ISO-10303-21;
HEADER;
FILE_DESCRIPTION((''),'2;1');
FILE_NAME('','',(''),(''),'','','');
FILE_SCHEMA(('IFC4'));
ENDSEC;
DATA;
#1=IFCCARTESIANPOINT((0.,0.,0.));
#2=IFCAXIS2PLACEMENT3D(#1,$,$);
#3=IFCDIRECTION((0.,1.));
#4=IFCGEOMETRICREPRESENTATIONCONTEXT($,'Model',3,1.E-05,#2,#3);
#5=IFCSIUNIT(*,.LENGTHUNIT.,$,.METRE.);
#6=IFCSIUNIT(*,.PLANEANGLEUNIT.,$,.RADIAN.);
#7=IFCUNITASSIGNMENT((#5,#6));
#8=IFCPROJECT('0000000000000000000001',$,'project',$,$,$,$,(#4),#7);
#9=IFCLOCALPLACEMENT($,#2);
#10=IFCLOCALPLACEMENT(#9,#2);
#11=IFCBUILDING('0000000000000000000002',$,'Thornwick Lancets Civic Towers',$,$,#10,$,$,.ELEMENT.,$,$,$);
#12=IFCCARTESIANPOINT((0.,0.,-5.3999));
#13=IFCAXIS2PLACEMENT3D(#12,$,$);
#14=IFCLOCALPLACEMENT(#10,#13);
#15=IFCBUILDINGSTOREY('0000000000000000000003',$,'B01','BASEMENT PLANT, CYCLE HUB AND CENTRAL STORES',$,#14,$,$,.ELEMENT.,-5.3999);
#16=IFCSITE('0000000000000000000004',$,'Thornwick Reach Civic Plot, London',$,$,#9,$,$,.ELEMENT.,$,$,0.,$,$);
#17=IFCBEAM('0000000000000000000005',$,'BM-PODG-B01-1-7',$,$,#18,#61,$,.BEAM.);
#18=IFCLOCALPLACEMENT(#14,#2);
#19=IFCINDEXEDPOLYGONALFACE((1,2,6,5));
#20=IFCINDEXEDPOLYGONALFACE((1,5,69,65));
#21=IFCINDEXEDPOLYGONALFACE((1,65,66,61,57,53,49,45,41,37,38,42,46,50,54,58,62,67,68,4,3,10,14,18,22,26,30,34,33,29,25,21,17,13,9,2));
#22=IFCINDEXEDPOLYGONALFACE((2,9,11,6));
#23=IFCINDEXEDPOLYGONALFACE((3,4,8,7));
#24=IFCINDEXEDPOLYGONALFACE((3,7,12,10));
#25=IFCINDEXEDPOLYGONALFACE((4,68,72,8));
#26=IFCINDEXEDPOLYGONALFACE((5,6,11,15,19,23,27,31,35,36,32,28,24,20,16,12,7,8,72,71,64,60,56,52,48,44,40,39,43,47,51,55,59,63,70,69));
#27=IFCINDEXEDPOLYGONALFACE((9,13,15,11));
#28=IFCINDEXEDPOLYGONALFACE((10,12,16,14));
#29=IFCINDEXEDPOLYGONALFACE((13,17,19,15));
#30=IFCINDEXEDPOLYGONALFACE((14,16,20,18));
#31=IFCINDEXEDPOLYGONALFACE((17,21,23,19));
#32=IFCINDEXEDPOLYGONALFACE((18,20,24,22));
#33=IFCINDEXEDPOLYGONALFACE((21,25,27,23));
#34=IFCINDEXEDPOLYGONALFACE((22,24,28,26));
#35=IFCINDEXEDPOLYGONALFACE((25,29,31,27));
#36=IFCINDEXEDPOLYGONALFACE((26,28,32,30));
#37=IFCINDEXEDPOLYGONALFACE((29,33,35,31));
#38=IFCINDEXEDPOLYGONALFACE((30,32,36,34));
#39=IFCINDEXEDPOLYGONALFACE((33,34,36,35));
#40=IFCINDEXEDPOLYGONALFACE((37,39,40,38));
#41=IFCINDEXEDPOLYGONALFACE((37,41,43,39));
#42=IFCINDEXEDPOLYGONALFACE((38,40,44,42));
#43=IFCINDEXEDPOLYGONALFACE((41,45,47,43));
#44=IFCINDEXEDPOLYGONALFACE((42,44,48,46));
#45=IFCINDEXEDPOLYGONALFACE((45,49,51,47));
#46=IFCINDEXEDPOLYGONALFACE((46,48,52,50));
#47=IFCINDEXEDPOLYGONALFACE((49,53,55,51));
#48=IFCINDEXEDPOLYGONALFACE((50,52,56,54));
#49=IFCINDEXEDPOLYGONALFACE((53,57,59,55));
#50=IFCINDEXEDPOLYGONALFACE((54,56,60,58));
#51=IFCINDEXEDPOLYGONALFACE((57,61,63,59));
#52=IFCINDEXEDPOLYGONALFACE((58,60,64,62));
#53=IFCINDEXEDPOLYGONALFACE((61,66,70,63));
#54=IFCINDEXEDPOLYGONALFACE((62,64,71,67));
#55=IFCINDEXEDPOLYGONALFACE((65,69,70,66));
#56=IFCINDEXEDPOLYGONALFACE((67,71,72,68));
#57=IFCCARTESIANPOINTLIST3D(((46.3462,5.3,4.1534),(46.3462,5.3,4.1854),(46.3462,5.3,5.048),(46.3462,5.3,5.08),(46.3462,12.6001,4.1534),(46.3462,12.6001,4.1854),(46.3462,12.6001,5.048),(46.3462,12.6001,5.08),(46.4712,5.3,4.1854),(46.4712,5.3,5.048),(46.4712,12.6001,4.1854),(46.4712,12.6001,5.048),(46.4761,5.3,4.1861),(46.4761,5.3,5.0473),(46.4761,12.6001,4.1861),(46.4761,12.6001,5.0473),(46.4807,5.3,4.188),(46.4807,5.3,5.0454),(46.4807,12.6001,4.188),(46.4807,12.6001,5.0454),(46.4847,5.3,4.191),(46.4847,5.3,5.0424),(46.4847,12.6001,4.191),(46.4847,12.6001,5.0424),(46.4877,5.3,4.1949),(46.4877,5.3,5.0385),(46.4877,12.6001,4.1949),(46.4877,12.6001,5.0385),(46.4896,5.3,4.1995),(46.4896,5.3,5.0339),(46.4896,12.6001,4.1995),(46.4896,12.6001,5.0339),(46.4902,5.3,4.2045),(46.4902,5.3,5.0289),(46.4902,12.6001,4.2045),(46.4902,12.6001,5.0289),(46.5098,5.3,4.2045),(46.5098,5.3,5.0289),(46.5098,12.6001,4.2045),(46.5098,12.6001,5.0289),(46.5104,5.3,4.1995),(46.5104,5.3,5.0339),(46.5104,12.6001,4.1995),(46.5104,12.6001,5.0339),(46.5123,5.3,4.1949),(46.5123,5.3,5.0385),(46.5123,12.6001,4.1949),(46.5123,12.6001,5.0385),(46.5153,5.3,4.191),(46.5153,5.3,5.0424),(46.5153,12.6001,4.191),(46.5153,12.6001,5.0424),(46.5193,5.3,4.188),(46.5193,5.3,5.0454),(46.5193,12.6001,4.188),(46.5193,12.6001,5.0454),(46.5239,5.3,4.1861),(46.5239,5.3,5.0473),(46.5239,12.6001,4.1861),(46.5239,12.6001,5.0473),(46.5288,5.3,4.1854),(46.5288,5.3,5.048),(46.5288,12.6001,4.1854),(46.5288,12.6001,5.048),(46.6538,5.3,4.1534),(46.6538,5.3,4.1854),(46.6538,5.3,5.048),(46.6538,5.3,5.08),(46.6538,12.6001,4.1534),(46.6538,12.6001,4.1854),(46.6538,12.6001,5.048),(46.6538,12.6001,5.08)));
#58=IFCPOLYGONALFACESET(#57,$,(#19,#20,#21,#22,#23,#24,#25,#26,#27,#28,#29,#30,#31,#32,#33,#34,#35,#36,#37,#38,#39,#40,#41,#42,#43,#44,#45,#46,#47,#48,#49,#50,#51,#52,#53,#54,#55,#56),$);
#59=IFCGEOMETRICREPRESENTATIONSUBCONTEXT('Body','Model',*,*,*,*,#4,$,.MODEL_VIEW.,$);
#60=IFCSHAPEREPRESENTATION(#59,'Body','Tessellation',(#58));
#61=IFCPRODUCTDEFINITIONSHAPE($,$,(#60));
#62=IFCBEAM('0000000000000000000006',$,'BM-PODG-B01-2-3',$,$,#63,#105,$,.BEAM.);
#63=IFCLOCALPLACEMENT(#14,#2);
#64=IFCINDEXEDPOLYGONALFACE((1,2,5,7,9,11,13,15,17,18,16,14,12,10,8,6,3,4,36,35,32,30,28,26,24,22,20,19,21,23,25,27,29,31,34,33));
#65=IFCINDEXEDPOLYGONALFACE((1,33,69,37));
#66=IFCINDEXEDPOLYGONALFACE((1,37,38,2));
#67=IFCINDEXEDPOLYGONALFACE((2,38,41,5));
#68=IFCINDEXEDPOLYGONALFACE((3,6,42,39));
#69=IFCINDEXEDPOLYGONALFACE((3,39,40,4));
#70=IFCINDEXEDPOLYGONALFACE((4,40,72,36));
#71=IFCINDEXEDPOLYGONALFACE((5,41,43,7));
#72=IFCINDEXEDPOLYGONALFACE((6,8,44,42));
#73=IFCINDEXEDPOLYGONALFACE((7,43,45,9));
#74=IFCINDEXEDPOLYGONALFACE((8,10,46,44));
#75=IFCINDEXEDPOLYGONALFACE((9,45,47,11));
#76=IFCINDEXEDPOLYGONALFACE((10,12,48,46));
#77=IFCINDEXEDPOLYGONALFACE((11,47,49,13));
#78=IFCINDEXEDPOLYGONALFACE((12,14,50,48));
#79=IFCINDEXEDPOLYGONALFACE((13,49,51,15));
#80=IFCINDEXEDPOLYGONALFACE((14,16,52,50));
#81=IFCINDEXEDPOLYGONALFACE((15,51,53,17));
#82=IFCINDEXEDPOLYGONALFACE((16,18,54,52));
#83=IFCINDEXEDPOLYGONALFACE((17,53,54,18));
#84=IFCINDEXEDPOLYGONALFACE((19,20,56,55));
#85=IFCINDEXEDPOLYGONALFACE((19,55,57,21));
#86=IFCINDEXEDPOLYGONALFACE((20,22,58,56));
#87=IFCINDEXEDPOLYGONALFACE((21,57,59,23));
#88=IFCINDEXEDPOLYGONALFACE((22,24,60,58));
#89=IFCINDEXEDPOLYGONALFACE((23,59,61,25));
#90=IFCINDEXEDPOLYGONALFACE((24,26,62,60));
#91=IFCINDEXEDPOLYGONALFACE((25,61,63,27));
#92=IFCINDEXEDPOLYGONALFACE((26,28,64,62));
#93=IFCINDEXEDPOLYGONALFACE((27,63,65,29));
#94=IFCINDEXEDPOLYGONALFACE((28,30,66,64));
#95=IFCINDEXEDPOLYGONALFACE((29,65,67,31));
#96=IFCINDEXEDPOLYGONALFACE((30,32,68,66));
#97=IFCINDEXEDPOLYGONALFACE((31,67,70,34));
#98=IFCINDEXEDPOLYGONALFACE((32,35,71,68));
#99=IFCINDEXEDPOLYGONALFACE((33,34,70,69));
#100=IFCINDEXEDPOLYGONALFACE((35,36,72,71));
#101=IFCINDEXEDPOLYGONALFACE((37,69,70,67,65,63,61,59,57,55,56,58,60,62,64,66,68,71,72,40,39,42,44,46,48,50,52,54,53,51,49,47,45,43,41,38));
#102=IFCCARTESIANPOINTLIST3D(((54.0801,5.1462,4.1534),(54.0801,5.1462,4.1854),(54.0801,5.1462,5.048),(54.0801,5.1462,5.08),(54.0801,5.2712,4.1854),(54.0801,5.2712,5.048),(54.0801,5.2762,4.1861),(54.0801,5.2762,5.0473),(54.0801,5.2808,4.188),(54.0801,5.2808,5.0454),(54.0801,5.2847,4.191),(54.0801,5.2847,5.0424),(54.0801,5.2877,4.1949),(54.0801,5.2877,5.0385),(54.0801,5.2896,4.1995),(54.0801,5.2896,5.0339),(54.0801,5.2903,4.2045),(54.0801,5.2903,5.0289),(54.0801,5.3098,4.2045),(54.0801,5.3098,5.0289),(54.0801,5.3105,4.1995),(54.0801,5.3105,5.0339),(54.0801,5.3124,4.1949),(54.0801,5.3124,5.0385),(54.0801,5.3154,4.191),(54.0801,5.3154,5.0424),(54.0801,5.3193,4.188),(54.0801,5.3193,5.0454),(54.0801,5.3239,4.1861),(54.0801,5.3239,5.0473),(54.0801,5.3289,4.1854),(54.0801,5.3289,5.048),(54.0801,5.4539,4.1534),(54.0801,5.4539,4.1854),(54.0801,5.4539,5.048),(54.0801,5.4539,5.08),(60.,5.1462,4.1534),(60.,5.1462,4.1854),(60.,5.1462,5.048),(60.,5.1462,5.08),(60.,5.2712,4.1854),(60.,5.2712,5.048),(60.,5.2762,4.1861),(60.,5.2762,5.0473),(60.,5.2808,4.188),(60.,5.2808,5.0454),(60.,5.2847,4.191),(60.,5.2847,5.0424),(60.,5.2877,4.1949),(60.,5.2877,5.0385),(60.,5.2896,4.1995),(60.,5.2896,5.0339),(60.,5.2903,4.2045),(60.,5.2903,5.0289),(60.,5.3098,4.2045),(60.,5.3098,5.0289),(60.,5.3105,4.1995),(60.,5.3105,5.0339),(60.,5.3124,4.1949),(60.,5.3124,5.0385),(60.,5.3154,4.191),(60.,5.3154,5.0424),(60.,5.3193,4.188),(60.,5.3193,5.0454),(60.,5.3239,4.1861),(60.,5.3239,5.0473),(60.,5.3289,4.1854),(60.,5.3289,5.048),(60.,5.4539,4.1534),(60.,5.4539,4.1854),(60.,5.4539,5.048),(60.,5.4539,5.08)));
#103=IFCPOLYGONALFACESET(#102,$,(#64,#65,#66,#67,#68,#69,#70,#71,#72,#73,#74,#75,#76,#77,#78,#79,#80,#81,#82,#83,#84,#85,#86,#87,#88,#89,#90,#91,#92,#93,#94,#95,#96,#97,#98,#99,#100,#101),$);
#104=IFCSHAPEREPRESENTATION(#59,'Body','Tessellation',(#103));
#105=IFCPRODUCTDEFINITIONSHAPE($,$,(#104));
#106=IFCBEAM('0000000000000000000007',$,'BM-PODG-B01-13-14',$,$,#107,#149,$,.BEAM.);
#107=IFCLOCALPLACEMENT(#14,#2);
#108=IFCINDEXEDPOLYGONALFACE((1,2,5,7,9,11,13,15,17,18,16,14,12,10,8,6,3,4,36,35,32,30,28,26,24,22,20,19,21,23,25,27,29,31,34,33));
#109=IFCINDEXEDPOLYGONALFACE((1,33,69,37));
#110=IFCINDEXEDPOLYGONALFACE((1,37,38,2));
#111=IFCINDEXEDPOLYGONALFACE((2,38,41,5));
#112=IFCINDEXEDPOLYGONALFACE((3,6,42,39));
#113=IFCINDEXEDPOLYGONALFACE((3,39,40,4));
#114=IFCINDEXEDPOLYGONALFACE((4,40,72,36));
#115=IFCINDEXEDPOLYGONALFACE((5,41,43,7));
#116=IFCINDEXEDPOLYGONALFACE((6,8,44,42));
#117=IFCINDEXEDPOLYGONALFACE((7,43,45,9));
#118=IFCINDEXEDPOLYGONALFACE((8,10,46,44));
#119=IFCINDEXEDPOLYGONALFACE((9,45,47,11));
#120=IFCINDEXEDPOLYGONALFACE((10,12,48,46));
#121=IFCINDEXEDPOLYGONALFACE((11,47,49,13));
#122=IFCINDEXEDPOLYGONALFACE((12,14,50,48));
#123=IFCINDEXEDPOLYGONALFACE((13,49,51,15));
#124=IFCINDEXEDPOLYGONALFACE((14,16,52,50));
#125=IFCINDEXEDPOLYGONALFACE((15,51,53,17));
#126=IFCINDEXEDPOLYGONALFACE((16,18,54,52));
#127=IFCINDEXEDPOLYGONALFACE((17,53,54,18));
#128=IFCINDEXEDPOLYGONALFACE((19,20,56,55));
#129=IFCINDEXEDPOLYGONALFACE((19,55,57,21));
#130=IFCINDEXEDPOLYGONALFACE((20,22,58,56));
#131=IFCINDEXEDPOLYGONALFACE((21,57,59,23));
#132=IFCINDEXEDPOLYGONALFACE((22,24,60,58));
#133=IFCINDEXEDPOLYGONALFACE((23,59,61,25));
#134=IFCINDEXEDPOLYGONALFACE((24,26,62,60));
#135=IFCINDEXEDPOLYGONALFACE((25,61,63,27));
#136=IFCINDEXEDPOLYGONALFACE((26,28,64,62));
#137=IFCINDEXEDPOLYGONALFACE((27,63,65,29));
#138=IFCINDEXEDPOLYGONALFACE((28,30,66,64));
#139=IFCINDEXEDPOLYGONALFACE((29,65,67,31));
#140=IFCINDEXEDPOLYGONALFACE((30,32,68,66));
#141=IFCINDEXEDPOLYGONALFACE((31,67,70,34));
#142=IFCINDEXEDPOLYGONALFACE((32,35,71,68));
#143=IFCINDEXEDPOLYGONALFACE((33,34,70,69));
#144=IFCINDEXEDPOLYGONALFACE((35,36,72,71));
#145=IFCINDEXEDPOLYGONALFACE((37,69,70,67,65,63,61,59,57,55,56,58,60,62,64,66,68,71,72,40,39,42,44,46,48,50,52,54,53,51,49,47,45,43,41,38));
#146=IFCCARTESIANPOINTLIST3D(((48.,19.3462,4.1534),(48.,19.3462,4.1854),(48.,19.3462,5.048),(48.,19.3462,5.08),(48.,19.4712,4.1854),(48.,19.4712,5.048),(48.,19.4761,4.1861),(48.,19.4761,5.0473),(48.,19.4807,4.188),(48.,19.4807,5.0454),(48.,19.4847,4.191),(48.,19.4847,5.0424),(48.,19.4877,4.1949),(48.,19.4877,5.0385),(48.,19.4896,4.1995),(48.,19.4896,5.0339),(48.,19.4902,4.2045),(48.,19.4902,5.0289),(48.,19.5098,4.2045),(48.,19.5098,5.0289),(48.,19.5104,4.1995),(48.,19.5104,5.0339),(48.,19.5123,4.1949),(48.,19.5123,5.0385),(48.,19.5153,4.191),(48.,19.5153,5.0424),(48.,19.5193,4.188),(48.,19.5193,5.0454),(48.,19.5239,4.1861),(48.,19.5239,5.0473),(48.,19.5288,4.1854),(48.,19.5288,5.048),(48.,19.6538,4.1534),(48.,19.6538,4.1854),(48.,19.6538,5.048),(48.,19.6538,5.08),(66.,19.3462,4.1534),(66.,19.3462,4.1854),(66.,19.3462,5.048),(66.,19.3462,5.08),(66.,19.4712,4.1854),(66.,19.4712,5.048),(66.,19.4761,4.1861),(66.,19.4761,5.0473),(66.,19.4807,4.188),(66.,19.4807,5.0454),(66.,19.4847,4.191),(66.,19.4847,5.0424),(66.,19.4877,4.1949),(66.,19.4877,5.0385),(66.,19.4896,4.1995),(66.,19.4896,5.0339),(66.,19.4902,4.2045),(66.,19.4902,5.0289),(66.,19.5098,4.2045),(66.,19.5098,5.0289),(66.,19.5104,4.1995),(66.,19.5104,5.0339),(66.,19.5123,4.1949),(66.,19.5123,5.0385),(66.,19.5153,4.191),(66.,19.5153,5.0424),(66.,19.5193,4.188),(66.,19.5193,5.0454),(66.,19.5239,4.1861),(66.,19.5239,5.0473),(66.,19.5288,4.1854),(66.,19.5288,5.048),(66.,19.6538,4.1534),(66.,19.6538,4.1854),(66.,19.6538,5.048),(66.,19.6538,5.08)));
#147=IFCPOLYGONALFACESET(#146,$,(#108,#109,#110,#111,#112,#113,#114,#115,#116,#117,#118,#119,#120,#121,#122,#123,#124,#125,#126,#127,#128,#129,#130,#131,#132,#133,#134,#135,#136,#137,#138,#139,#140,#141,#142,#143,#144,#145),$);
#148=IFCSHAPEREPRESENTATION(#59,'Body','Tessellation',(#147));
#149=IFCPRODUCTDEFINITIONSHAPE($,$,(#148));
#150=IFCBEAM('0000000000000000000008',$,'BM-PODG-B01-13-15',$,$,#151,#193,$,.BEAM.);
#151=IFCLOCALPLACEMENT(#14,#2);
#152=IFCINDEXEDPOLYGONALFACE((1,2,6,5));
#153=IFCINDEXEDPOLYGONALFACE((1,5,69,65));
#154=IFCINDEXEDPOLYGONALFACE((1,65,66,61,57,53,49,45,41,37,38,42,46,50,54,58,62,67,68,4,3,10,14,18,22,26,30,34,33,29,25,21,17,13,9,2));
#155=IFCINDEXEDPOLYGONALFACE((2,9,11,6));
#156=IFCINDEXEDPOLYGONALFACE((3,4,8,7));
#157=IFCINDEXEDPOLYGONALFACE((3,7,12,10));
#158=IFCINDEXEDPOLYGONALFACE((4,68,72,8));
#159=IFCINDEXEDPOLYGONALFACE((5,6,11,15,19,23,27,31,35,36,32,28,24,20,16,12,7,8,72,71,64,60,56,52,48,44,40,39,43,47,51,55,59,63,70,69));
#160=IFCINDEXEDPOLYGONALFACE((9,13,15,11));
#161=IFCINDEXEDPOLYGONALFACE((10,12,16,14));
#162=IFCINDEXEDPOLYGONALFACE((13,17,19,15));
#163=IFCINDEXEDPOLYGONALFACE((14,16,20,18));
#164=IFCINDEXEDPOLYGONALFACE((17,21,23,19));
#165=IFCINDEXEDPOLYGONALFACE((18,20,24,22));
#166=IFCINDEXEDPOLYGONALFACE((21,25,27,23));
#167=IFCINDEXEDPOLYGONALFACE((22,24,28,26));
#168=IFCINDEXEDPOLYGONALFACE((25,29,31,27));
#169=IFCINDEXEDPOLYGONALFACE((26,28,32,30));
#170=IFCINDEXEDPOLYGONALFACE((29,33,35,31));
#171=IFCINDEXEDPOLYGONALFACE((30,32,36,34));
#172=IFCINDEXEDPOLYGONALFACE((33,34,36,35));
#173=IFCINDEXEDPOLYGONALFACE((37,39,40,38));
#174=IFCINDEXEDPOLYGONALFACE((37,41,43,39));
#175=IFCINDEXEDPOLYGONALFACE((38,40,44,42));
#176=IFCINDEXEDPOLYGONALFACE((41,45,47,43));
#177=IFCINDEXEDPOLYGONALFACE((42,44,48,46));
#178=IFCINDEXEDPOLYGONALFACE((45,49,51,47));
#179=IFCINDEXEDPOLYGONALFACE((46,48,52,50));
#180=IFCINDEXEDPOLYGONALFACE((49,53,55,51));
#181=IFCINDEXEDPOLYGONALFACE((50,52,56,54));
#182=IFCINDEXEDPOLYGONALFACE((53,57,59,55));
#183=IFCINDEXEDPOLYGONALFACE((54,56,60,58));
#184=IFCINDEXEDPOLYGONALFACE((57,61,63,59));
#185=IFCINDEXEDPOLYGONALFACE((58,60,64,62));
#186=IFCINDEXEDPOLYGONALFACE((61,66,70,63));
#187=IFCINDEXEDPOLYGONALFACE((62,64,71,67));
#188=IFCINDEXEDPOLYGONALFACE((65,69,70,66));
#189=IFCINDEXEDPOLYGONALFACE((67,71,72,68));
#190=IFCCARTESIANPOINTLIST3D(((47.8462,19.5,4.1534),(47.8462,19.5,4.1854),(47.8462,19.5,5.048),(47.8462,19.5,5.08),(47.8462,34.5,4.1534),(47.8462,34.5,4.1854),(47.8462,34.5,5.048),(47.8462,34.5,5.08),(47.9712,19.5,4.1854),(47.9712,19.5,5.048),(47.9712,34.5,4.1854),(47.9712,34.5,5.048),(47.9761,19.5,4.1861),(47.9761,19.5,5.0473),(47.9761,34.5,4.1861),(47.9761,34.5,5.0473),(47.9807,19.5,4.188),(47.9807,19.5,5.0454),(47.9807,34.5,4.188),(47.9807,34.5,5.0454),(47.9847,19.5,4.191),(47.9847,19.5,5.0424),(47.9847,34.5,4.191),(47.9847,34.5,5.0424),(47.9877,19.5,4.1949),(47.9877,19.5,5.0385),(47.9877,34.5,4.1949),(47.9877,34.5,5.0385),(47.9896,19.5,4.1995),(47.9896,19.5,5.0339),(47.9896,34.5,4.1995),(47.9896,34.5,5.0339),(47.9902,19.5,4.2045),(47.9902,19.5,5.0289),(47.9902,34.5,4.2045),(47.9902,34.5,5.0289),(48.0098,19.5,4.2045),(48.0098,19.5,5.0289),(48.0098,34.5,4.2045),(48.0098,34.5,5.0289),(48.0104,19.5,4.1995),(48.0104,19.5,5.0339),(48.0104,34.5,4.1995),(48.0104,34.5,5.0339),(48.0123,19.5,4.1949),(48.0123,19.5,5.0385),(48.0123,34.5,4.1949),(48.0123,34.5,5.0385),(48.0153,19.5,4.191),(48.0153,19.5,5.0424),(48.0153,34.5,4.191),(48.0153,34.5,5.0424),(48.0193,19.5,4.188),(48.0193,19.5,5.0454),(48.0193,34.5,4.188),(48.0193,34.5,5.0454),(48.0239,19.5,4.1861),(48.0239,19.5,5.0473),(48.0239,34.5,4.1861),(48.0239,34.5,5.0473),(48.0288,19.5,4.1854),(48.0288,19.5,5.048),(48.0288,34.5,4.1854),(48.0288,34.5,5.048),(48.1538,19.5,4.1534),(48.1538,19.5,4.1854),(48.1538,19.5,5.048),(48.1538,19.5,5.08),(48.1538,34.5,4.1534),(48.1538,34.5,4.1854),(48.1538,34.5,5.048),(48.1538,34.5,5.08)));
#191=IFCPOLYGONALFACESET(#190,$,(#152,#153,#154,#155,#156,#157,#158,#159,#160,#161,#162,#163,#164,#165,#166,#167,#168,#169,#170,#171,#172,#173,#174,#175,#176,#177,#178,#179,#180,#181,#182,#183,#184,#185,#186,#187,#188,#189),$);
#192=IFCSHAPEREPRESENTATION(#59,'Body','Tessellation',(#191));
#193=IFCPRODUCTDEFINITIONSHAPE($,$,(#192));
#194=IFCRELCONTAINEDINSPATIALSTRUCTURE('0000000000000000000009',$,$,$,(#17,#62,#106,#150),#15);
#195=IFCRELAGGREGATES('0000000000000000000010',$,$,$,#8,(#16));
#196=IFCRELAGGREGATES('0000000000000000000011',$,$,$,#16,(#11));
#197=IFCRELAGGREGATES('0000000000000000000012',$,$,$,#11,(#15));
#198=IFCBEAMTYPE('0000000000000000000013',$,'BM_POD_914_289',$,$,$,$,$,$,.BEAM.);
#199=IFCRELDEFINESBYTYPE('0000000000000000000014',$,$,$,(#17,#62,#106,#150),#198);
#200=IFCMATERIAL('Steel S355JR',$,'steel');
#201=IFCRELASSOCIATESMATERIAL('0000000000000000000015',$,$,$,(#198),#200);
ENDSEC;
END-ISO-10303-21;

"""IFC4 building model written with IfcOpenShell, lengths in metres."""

from ifc_helpers import new_model, si_unit, direction, frame, origin, origin_2d, place, context, subcontext, project, spatial, i_section, extrude, material, material_profile, profile_set, type_object, element, save


model = new_model("IFC4")

# Units and contexts
model_context = context("Model", 3, precision=1e-05, world=origin(), true_north=direction((0.0, 1.0)))
body_context = subcontext(model_context, "Body", "Model", "MODEL_VIEW")
ifc_project = project(units=[si_unit("LENGTHUNIT", "METRE"), si_unit("PLANEANGLEUNIT", "RADIAN")], contexts=[model_context])

# Site, building, storey
site_placement = place(None, origin())
site = spatial("IfcSite", under=ifc_project, at=site_placement, Name="Thornwick Reach Civic Plot, London", CompositionType="ELEMENT", RefElevation=0.0)
building_placement = place(site_placement, origin())
building = spatial("IfcBuilding", under=site, at=building_placement, Name="Thornwick Lancets Civic Towers", CompositionType="ELEMENT")
storey_placement = place(building_placement, frame((0.0, 0.0, -5.3999)))
storey = spatial("IfcBuildingStorey", under=building, at=storey_placement, Name="B01", Description="BASEMENT PLANT, CYCLE HUB AND CENTRAL STORES", CompositionType="ELEMENT", Elevation=-5.3999)

# Beams
ifc_material_1 = material(Name="Steel S355JR", Category="steel")
ifc_material_profile_1 = material_profile(ifc_material_1, i_section(OverallWidth=0.3076, OverallDepth=0.9265, WebThickness=0.0195, FlangeThickness=0.032, FilletRadius=0.019, at=origin_2d()), Name="UKB 914x305x289")
ifc_profile_set_1 = profile_set([ifc_material_profile_1], Name="Steel S355JR")
beam_type_1 = type_object("IfcBeamType", Name="BM_POD_914_289", PredefinedType="BEAM", material=ifc_profile_set_1)
beam_1_placement = place(storey_placement, frame((46.5, 5.3, 4.6167), z_axis=(0.0, 1.0, 0.0), x_axis=(-1.0, 0.0, 0.0)))
element("IfcBeam", 1, at=beam_1_placement, inside=storey, type_object=beam_type_1, Name="BM-PODG-B01-1-7", PredefinedType="BEAM", context=body_context, shape_type="SweptSolid", body=[
    extrude(i_section(OverallWidth=0.3076, OverallDepth=0.9265, WebThickness=0.0195, FlangeThickness=0.032, FilletRadius=0.019, at=origin_2d()), origin(), (0.0, 0.0, 1.0), 7.3),
])
beam_2_placement = place(storey_placement, frame((54.0801, 5.3, 4.6167), z_axis=(1.0, 0.0, 0.0), x_axis=(0.0, 1.0, 0.0)))
element("IfcBeam", 2, at=beam_2_placement, inside=storey, type_object=beam_type_1, Name="BM-PODG-B01-2-3", PredefinedType="BEAM", context=body_context, shape_type="SweptSolid", body=[
    extrude(i_section(OverallWidth=0.3076, OverallDepth=0.9265, WebThickness=0.0195, FlangeThickness=0.032, FilletRadius=0.019, at=origin_2d()), origin(), (0.0, 0.0, 1.0), 5.9199),
])
beam_3_placement = place(storey_placement, frame((48.0, 19.5, 4.6167), z_axis=(1.0, 0.0, 0.0), x_axis=(0.0, 1.0, 0.0)))
element("IfcBeam", 3, at=beam_3_placement, inside=storey, type_object=beam_type_1, Name="BM-PODG-B01-13-14", PredefinedType="BEAM", context=body_context, shape_type="SweptSolid", body=[
    extrude(i_section(OverallWidth=0.3076, OverallDepth=0.9265, WebThickness=0.0195, FlangeThickness=0.032, FilletRadius=0.019, at=origin_2d()), origin(), (0.0, 0.0, 1.0), 18.0),
])
beam_4_placement = place(storey_placement, frame((48.0, 19.5, 4.6167), z_axis=(0.0, 1.0, 0.0), x_axis=(-1.0, 0.0, 0.0)))
element("IfcBeam", 4, at=beam_4_placement, inside=storey, type_object=beam_type_1, Name="BM-PODG-B01-13-15", PredefinedType="BEAM", context=body_context, shape_type="SweptSolid", body=[
    extrude(i_section(OverallWidth=0.3076, OverallDepth=0.9265, WebThickness=0.0195, FlangeThickness=0.032, FilletRadius=0.019, at=origin_2d()), origin(), (0.0, 0.0, 1.0), 15.0),
])

save(model, "model.ifc")
